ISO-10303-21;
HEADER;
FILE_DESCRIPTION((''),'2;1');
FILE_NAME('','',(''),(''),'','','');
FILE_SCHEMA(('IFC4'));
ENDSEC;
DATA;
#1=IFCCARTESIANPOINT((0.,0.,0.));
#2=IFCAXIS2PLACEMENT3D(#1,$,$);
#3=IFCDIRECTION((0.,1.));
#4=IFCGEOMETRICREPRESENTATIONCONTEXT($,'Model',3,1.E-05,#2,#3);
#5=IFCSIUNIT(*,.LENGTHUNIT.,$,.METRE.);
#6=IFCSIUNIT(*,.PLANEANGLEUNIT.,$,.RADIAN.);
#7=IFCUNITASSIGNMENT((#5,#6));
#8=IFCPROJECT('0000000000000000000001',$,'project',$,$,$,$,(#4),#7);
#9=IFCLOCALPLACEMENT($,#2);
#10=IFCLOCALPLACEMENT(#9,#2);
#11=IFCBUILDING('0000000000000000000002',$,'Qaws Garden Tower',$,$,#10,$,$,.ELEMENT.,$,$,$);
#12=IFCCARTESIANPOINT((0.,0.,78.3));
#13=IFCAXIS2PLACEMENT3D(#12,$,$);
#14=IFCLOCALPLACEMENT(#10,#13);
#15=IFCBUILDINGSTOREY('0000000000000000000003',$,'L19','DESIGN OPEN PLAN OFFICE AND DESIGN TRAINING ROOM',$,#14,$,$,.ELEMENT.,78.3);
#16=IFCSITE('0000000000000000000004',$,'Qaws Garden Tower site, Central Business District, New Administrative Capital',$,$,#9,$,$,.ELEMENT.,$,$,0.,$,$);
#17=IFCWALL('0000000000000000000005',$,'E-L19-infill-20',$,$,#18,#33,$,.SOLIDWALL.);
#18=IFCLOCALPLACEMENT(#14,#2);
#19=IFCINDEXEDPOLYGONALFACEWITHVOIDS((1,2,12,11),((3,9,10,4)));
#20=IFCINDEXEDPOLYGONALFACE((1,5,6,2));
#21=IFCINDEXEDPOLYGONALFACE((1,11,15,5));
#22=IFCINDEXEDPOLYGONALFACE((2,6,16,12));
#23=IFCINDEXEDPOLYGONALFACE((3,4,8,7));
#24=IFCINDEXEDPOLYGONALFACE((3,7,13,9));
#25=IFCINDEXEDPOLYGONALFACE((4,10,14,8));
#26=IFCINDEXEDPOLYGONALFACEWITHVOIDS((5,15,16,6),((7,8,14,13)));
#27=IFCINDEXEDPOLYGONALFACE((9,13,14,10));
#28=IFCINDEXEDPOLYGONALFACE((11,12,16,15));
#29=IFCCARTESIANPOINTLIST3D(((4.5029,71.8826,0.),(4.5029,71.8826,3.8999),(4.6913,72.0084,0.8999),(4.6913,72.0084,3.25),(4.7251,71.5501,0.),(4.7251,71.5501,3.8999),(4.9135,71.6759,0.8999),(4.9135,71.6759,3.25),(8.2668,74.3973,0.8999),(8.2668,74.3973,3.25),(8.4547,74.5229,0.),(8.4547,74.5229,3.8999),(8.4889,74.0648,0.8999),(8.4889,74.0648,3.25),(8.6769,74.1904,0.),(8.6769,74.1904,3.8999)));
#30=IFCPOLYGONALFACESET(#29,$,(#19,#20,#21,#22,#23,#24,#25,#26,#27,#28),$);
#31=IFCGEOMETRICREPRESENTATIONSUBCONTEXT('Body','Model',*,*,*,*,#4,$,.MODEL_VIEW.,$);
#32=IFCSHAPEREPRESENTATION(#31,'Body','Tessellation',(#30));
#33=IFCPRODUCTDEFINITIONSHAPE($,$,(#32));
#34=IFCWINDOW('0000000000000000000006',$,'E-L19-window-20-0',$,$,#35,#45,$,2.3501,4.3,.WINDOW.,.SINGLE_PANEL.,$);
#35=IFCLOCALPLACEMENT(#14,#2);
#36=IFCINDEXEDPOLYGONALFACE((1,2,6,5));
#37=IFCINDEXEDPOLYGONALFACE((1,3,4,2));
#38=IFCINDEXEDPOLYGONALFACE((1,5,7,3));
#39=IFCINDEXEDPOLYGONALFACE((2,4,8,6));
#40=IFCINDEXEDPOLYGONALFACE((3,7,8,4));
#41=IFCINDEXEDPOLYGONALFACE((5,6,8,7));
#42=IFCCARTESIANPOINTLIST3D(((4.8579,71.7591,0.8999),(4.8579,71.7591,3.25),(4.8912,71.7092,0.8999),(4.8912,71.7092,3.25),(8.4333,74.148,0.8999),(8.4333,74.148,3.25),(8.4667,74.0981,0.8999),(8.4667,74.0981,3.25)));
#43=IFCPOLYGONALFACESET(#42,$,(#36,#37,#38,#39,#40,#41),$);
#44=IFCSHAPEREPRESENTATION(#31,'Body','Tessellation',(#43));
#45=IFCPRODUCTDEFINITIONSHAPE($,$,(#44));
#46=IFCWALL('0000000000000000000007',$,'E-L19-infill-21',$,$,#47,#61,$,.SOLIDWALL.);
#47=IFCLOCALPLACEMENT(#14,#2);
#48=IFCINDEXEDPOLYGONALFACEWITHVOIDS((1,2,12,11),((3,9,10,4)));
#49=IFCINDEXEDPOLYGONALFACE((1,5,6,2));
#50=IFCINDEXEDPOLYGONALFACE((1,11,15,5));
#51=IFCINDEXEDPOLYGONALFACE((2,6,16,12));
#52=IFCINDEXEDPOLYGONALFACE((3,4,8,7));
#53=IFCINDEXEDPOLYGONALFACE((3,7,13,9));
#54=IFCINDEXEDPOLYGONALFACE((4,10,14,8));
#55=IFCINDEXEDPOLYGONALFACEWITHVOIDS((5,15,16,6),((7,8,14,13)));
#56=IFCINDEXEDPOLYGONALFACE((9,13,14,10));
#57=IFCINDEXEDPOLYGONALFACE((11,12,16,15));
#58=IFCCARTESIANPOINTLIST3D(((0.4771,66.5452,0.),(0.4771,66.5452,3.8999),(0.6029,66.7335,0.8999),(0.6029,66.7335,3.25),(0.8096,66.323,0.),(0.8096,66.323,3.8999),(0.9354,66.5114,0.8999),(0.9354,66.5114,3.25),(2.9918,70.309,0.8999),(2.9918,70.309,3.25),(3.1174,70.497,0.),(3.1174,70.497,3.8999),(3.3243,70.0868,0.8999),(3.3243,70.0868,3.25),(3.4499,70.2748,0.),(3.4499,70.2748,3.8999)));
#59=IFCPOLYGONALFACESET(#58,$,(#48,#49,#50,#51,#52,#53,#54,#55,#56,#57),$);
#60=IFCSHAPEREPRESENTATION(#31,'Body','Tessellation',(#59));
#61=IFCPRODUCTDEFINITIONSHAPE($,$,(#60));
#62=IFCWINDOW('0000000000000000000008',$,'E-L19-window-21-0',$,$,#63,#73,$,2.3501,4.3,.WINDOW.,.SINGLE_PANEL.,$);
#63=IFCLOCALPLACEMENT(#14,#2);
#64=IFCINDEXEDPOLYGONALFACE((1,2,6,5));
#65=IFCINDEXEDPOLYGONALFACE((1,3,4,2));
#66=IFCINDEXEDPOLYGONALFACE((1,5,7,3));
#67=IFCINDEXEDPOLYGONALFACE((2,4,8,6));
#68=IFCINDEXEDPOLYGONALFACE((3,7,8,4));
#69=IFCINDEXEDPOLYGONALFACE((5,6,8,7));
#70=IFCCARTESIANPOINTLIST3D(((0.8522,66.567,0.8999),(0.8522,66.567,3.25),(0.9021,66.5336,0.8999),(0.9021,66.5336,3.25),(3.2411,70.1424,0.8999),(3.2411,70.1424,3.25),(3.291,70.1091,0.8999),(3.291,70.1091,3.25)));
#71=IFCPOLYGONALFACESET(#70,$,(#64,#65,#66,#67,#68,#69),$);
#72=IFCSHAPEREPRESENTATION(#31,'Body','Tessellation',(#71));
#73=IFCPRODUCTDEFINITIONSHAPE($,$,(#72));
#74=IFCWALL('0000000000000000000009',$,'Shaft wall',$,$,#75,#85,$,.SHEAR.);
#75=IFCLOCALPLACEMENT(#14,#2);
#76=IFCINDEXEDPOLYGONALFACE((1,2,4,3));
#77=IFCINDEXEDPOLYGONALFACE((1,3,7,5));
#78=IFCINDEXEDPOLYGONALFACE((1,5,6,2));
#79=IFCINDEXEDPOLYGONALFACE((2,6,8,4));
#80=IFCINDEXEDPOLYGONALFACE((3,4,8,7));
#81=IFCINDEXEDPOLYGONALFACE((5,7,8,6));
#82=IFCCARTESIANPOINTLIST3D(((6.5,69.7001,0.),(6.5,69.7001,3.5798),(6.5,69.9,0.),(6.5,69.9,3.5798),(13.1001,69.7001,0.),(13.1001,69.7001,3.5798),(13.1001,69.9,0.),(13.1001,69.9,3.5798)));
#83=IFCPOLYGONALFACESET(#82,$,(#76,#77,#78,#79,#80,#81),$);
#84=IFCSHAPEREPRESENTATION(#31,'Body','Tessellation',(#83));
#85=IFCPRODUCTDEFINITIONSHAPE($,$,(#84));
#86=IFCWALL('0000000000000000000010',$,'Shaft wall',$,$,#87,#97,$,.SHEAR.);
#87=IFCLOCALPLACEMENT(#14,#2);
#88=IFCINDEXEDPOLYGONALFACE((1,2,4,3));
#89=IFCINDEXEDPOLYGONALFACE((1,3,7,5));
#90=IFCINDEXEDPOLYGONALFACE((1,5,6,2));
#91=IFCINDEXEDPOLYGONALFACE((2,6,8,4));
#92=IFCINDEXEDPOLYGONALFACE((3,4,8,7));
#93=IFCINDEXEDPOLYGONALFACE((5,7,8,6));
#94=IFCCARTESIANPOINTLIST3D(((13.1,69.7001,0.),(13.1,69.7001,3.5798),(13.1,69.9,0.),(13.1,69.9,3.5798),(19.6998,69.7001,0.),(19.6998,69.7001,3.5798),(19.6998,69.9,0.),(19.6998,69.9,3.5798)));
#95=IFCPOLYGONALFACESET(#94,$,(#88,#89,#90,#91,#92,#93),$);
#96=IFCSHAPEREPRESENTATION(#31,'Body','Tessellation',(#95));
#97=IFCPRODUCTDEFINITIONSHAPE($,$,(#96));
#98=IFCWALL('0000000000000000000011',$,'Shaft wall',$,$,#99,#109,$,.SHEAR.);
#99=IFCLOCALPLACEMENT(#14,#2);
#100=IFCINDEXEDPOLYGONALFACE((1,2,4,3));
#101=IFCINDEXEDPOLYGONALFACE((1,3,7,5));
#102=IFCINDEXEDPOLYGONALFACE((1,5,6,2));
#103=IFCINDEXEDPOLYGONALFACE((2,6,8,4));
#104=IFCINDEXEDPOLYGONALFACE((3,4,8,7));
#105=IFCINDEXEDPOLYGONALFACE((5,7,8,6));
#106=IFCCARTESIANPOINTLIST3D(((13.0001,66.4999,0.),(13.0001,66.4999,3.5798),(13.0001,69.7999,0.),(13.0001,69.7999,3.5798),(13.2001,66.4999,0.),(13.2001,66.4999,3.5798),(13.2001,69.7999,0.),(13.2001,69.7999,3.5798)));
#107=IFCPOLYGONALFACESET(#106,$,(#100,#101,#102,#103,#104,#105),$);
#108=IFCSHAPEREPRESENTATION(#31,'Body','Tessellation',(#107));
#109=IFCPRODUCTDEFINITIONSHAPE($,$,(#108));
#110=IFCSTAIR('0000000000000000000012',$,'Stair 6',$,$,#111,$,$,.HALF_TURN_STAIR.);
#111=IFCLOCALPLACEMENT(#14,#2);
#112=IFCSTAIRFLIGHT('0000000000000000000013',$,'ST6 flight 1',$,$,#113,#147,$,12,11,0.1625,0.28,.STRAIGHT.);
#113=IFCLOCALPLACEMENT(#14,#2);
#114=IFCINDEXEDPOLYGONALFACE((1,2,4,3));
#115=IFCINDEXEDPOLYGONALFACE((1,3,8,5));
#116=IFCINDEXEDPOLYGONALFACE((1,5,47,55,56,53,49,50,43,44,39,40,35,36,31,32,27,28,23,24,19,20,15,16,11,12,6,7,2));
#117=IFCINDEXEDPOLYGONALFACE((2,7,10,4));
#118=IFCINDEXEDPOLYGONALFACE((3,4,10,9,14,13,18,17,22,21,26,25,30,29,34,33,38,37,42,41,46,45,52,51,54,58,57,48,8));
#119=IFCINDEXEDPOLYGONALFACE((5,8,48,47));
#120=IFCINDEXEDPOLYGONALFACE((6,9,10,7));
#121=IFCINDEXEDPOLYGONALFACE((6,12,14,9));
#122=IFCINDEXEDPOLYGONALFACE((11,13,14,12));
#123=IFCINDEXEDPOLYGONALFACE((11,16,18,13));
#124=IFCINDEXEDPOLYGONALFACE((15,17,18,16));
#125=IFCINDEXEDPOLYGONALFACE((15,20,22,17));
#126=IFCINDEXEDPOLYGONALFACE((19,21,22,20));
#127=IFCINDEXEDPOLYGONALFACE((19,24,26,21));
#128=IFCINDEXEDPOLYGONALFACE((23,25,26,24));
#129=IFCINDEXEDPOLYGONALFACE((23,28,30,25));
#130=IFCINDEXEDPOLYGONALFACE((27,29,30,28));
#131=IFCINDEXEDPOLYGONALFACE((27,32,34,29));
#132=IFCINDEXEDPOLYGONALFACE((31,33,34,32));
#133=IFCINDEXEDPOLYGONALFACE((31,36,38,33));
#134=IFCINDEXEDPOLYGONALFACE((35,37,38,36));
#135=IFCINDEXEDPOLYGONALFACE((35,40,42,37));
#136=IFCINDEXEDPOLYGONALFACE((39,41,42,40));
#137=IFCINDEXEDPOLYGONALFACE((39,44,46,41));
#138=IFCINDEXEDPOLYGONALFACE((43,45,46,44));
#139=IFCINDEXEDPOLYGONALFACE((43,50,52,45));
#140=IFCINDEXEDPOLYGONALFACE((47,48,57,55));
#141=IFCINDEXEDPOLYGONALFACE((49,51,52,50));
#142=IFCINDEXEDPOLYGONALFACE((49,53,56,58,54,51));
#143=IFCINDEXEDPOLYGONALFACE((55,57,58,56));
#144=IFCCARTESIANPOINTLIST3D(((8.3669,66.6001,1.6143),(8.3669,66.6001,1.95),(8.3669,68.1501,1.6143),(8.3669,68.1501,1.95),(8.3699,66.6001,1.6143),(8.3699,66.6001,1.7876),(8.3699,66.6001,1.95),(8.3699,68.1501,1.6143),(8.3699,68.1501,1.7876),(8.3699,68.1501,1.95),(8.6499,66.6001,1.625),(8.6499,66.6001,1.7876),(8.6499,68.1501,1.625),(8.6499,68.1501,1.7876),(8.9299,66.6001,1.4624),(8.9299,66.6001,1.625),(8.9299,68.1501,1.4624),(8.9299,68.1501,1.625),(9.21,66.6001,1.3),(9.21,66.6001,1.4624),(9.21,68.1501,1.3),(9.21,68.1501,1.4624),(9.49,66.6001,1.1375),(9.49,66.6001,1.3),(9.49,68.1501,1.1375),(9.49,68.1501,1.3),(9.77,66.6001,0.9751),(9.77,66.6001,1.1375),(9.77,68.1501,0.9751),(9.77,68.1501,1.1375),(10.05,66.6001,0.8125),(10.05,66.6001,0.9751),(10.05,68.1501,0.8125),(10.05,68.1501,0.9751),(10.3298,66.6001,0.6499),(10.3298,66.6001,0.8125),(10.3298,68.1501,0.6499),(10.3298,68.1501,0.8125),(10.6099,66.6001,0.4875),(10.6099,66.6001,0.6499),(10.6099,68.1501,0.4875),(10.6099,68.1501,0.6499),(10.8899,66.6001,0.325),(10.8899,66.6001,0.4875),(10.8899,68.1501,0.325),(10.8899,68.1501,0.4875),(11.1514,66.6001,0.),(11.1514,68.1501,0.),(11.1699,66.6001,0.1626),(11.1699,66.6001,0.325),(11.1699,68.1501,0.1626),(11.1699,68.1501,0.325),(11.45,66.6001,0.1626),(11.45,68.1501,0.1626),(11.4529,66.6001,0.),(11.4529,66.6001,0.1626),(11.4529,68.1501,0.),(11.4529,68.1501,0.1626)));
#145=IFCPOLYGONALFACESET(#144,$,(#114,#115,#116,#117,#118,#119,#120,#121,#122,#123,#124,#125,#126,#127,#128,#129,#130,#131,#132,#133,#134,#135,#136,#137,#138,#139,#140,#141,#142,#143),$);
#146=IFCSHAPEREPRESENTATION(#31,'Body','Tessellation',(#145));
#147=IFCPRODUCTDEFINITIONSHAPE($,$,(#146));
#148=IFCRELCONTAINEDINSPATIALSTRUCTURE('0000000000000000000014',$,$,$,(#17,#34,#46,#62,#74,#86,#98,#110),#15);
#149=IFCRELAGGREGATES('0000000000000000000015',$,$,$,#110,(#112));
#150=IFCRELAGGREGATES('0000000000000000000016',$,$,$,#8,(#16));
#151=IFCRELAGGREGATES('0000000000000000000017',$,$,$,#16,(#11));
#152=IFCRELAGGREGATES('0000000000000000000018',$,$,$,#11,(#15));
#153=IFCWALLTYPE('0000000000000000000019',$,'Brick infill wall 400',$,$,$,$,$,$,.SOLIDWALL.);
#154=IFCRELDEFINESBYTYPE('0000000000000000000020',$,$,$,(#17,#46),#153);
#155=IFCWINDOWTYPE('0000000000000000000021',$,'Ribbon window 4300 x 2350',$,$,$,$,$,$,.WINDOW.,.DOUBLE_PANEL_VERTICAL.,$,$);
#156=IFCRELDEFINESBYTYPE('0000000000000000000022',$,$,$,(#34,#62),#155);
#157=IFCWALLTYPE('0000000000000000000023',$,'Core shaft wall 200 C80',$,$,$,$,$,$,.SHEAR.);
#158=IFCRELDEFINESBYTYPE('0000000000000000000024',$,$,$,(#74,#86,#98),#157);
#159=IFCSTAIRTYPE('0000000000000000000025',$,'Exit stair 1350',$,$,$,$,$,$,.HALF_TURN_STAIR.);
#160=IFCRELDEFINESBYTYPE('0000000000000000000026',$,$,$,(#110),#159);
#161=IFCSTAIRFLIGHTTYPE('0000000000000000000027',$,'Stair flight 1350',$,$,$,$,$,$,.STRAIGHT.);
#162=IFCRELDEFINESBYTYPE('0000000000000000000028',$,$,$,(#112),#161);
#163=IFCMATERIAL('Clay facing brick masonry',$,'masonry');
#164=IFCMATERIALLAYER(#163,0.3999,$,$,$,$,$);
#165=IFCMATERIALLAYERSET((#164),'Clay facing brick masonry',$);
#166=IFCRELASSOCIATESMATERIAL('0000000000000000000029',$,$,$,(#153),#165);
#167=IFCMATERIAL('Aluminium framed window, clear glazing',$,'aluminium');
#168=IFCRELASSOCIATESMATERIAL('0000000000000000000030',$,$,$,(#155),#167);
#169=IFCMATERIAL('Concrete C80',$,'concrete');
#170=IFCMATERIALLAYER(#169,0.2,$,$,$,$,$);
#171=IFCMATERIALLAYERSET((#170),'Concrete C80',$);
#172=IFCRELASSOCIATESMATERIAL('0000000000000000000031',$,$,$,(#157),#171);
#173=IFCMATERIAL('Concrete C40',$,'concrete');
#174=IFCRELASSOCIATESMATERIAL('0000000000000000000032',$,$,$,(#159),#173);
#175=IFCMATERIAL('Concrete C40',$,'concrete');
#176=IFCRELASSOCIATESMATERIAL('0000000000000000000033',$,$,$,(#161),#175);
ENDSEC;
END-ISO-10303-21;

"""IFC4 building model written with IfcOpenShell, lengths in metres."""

from ifc_helpers import new_model, si_unit, direction, frame, frame_2d, origin, place, context, subcontext, project, spatial, polyline, rectangle, outline, extrude, material, layer, layer_set, type_object, element, fill, aggregate, save


model = new_model("IFC4")

# Units and contexts
model_context = context("Model", 3, precision=1e-05, world=origin(), true_north=direction((0.0, 1.0)))
body_context = subcontext(model_context, "Body", "Model", "MODEL_VIEW")
ifc_project = project(units=[si_unit("LENGTHUNIT", "METRE"), si_unit("PLANEANGLEUNIT", "RADIAN")], contexts=[model_context])

# Site, building, storey
site_placement = place(None, origin())
site = spatial("IfcSite", under=ifc_project, at=site_placement, Name="Qaws Garden Tower site, Central Business District, New Administrative Capital", CompositionType="ELEMENT", RefElevation=0.0)
building_placement = place(site_placement, origin())
building = spatial("IfcBuilding", under=site, at=building_placement, Name="Qaws Garden Tower", CompositionType="ELEMENT")
storey_placement = place(building_placement, frame((0.0, 0.0, 78.3)))
storey = spatial("IfcBuildingStorey", under=building, at=storey_placement, Name="L19", Description="DESIGN OPEN PLAN OFFICE AND DESIGN TRAINING ROOM", CompositionType="ELEMENT", Elevation=78.3)

# Walls, openings, windows
ifc_material_1 = material(Name="Clay facing brick masonry", Category="masonry")
ifc_layer_1 = layer(ifc_material_1, 0.3999)
ifc_layer_set_1 = layer_set([ifc_layer_1], Name="Clay facing brick masonry")
wall_type_1 = type_object("IfcWallType", Name="Brick infill wall 400", PredefinedType="SOLIDWALL", material=ifc_layer_set_1)
ifc_material_2 = material(Name="Aluminium framed window, clear glazing", Category="aluminium")
window_type = type_object("IfcWindowType", Name="Ribbon window 4300 x 2350", PartitioningType="DOUBLE_PANEL_VERTICAL", PredefinedType="WINDOW", material=ifc_material_2)
wall_1_placement = place(storey_placement, frame((8.5659, 74.3567, 0.0), z_axis=(0.0, 0.0, 1.0), x_axis=(-0.831489, -0.555542, 0.0)))
wall_1 = element("IfcWall", 1, at=wall_1_placement, inside=storey, type_object=wall_type_1, Name="E-L19-infill-20", PredefinedType="SOLIDWALL", context=body_context, shape_type="SweptSolid", body=[
    extrude(rectangle(XDim=4.7527, YDim=0.3999, at=frame_2d((2.3765, 0.0))), origin(), (0.0, 0.0, 1.0), 3.8999),
])
opening_1_placement = place(wall_1_placement, frame((0.2263, 0.0, 0.8999)))
opening_1 = element("IfcOpeningElement", 2, at=opening_1_placement, cuts=wall_1, PredefinedType="OPENING", context=body_context, shape_type="SweptSolid", body=[
    extrude(rectangle(XDim=4.3, YDim=2.3501, at=frame_2d((2.1499, 1.175))), frame((0.0, 0.21, 0.0), z_axis=(0.0, -1.0, 0.0), x_axis=(1.0, 0.0, 0.0)), (0.0, 0.0, 1.0), 0.4199),
])
window_1_placement = place(opening_1_placement, origin())
window_1 = element("IfcWindow", 3, at=window_1_placement, inside=storey, type_object=window_type, Name="E-L19-window-20-0", OverallHeight=2.3501, OverallWidth=4.3, PartitioningType="SINGLE_PANEL", PredefinedType="WINDOW", context=body_context, shape_type="SweptSolid", body=[
    extrude(rectangle(XDim=4.3, YDim=2.3501, at=frame_2d((2.1499, 1.175))), frame((0.0, 0.1599, 0.0), z_axis=(0.0, -1.0, 0.0), x_axis=(1.0, 0.0, 0.0)), (0.0, 0.0, 1.0), 0.0601),
])
fill(opening_1, window_1)
wall_2_placement = place(storey_placement, frame((3.2837, 70.386, 0.0), z_axis=(0.0, 0.0, 1.0), x_axis=(-0.555542, -0.831489, 0.0)))
wall_2 = element("IfcWall", 4, at=wall_2_placement, inside=storey, type_object=wall_type_1, Name="E-L19-infill-21", PredefinedType="SOLIDWALL", context=body_context, shape_type="SweptSolid", body=[
    extrude(rectangle(XDim=4.7527, YDim=0.3999, at=frame_2d((2.3765, 0.0))), origin(), (0.0, 0.0, 1.0), 3.8999),
])
opening_2_placement = place(wall_2_placement, frame((0.2263, 0.0, 0.8999)))
opening_2 = element("IfcOpeningElement", 5, at=opening_2_placement, cuts=wall_2, PredefinedType="OPENING", context=body_context, shape_type="SweptSolid", body=[
    extrude(rectangle(XDim=4.3, YDim=2.3501, at=frame_2d((2.1499, 1.175))), frame((0.0, 0.21, 0.0), z_axis=(0.0, -1.0, 0.0), x_axis=(1.0, 0.0, 0.0)), (0.0, 0.0, 1.0), 0.4199),
])
window_2_placement = place(opening_2_placement, origin())
window_2 = element("IfcWindow", 6, at=window_2_placement, inside=storey, type_object=window_type, Name="E-L19-window-21-0", OverallHeight=2.3501, OverallWidth=4.3, PartitioningType="SINGLE_PANEL", PredefinedType="WINDOW", context=body_context, shape_type="SweptSolid", body=[
    extrude(rectangle(XDim=4.3, YDim=2.3501, at=frame_2d((2.1499, 1.175))), frame((0.0, 0.1599, 0.0), z_axis=(0.0, -1.0, 0.0), x_axis=(1.0, 0.0, 0.0)), (0.0, 0.0, 1.0), 0.0601),
])
fill(opening_2, window_2)

# Walls
ifc_material_3 = material(Name="Concrete C80", Category="concrete")
ifc_layer_2 = layer(ifc_material_3, 0.2)
ifc_layer_set_2 = layer_set([ifc_layer_2], Name="Concrete C80")
wall_type_2 = type_object("IfcWallType", Name="Core shaft wall 200 C80", PredefinedType="SHEAR", material=ifc_layer_set_2)
wall_3_placement = place(storey_placement, frame((6.5, 69.8, 0.0), z_axis=(0.0, 0.0, 1.0), x_axis=(1.0, 0.0, 0.0)))
element("IfcWall", 7, at=wall_3_placement, inside=storey, type_object=wall_type_2, Name="Shaft wall", PredefinedType="SHEAR", context=body_context, shape_type="SweptSolid", body=[
    extrude(rectangle(XDim=6.6001, YDim=0.2, at=frame_2d((3.3, 0.0))), origin(), (0.0, 0.0, 1.0), 3.5798),
])
wall_4_placement = place(storey_placement, frame((13.1001, 69.8, 0.0), z_axis=(0.0, 0.0, 1.0), x_axis=(1.0, 0.0, 0.0)))
element("IfcWall", 8, at=wall_4_placement, inside=storey, type_object=wall_type_2, Name="Shaft wall", PredefinedType="SHEAR", context=body_context, shape_type="SweptSolid", body=[
    extrude(rectangle(XDim=6.5999, YDim=0.2, at=frame_2d((3.2998, 0.0))), origin(), (0.0, 0.0, 1.0), 3.5798),
])
wall_5_placement = place(storey_placement, frame((13.1001, 66.5, 0.0), z_axis=(0.0, 0.0, 1.0), x_axis=(0.0, 1.0, 0.0)))
element("IfcWall", 9, at=wall_5_placement, inside=storey, type_object=wall_type_2, Name="Shaft wall", PredefinedType="SHEAR", context=body_context, shape_type="SweptSolid", body=[
    extrude(rectangle(XDim=3.3, YDim=0.2, at=frame_2d((1.6499, 0.0))), origin(), (0.0, 0.0, 1.0), 3.5798),
])

# Stair, stair flight
ifc_material_4 = material(Name="Concrete C40", Category="concrete")
stair_type = type_object("IfcStairType", Name="Exit stair 1350", PredefinedType="HALF_TURN_STAIR", material=ifc_material_4)
placement = place(storey_placement, origin())
stair_1 = element("IfcStair", 10, at=placement, inside=storey, type_object=stair_type, Name="Stair 6", PredefinedType="HALF_TURN_STAIR")
ifc_material_5 = material(Name="Concrete C40", Category="concrete")
stair_flight_type = type_object("IfcStairFlightType", Name="Stair flight 1350", PredefinedType="STRAIGHT", material=ifc_material_5)
stair_flight_1_placement = place(storey_placement, frame((11.45, 67.375, 0.0), z_axis=(0.0, 0.0, 1.0), x_axis=(-1.0, 0.0, 0.0)))
stair_flight_1 = element("IfcStairFlight", 11, at=stair_flight_1_placement, type_object=stair_flight_type, Name="ST6 flight 1", NumberOfRisers=12, NumberOfTreads=11, PredefinedType="STRAIGHT", RiserHeight=0.1625, TreadLength=0.28, context=body_context, shape_type="SweptSolid", body=[
    extrude(outline(polyline([(-0.0029, 0.0), (-0.0029, 0.1626), (0.0, 0.1626), (0.28, 0.1626), (0.28, 0.325), (0.5601, 0.325), (0.5601, 0.4875), (0.8401, 0.4875), (0.8401, 0.6499), (1.1201, 0.6499), (1.1201, 0.8125), (1.3999, 0.8125), (1.3999, 0.9751), (1.6799, 0.9751), (1.6799, 1.1375), (1.96, 1.1375), (1.96, 1.3), (2.24, 1.3), (2.24, 1.4624), (2.52, 1.4624), (2.52, 1.625), (2.8, 1.625), (2.8, 1.7876), (3.0801, 1.7876), (3.0801, 1.95), (3.083, 1.95), (3.083, 1.6143), (3.0801, 1.6143), (0.2986, 0.0), (-0.0029, 0.0)])), frame((0.0, 0.7749, 0.0), z_axis=(0.0, -1.0, 0.0), x_axis=(1.0, 0.0, 0.0)), (0.0, 0.0, 1.0), 1.55),
])
aggregate(stair_1, [stair_flight_1])

save(model, "model.ifc")
